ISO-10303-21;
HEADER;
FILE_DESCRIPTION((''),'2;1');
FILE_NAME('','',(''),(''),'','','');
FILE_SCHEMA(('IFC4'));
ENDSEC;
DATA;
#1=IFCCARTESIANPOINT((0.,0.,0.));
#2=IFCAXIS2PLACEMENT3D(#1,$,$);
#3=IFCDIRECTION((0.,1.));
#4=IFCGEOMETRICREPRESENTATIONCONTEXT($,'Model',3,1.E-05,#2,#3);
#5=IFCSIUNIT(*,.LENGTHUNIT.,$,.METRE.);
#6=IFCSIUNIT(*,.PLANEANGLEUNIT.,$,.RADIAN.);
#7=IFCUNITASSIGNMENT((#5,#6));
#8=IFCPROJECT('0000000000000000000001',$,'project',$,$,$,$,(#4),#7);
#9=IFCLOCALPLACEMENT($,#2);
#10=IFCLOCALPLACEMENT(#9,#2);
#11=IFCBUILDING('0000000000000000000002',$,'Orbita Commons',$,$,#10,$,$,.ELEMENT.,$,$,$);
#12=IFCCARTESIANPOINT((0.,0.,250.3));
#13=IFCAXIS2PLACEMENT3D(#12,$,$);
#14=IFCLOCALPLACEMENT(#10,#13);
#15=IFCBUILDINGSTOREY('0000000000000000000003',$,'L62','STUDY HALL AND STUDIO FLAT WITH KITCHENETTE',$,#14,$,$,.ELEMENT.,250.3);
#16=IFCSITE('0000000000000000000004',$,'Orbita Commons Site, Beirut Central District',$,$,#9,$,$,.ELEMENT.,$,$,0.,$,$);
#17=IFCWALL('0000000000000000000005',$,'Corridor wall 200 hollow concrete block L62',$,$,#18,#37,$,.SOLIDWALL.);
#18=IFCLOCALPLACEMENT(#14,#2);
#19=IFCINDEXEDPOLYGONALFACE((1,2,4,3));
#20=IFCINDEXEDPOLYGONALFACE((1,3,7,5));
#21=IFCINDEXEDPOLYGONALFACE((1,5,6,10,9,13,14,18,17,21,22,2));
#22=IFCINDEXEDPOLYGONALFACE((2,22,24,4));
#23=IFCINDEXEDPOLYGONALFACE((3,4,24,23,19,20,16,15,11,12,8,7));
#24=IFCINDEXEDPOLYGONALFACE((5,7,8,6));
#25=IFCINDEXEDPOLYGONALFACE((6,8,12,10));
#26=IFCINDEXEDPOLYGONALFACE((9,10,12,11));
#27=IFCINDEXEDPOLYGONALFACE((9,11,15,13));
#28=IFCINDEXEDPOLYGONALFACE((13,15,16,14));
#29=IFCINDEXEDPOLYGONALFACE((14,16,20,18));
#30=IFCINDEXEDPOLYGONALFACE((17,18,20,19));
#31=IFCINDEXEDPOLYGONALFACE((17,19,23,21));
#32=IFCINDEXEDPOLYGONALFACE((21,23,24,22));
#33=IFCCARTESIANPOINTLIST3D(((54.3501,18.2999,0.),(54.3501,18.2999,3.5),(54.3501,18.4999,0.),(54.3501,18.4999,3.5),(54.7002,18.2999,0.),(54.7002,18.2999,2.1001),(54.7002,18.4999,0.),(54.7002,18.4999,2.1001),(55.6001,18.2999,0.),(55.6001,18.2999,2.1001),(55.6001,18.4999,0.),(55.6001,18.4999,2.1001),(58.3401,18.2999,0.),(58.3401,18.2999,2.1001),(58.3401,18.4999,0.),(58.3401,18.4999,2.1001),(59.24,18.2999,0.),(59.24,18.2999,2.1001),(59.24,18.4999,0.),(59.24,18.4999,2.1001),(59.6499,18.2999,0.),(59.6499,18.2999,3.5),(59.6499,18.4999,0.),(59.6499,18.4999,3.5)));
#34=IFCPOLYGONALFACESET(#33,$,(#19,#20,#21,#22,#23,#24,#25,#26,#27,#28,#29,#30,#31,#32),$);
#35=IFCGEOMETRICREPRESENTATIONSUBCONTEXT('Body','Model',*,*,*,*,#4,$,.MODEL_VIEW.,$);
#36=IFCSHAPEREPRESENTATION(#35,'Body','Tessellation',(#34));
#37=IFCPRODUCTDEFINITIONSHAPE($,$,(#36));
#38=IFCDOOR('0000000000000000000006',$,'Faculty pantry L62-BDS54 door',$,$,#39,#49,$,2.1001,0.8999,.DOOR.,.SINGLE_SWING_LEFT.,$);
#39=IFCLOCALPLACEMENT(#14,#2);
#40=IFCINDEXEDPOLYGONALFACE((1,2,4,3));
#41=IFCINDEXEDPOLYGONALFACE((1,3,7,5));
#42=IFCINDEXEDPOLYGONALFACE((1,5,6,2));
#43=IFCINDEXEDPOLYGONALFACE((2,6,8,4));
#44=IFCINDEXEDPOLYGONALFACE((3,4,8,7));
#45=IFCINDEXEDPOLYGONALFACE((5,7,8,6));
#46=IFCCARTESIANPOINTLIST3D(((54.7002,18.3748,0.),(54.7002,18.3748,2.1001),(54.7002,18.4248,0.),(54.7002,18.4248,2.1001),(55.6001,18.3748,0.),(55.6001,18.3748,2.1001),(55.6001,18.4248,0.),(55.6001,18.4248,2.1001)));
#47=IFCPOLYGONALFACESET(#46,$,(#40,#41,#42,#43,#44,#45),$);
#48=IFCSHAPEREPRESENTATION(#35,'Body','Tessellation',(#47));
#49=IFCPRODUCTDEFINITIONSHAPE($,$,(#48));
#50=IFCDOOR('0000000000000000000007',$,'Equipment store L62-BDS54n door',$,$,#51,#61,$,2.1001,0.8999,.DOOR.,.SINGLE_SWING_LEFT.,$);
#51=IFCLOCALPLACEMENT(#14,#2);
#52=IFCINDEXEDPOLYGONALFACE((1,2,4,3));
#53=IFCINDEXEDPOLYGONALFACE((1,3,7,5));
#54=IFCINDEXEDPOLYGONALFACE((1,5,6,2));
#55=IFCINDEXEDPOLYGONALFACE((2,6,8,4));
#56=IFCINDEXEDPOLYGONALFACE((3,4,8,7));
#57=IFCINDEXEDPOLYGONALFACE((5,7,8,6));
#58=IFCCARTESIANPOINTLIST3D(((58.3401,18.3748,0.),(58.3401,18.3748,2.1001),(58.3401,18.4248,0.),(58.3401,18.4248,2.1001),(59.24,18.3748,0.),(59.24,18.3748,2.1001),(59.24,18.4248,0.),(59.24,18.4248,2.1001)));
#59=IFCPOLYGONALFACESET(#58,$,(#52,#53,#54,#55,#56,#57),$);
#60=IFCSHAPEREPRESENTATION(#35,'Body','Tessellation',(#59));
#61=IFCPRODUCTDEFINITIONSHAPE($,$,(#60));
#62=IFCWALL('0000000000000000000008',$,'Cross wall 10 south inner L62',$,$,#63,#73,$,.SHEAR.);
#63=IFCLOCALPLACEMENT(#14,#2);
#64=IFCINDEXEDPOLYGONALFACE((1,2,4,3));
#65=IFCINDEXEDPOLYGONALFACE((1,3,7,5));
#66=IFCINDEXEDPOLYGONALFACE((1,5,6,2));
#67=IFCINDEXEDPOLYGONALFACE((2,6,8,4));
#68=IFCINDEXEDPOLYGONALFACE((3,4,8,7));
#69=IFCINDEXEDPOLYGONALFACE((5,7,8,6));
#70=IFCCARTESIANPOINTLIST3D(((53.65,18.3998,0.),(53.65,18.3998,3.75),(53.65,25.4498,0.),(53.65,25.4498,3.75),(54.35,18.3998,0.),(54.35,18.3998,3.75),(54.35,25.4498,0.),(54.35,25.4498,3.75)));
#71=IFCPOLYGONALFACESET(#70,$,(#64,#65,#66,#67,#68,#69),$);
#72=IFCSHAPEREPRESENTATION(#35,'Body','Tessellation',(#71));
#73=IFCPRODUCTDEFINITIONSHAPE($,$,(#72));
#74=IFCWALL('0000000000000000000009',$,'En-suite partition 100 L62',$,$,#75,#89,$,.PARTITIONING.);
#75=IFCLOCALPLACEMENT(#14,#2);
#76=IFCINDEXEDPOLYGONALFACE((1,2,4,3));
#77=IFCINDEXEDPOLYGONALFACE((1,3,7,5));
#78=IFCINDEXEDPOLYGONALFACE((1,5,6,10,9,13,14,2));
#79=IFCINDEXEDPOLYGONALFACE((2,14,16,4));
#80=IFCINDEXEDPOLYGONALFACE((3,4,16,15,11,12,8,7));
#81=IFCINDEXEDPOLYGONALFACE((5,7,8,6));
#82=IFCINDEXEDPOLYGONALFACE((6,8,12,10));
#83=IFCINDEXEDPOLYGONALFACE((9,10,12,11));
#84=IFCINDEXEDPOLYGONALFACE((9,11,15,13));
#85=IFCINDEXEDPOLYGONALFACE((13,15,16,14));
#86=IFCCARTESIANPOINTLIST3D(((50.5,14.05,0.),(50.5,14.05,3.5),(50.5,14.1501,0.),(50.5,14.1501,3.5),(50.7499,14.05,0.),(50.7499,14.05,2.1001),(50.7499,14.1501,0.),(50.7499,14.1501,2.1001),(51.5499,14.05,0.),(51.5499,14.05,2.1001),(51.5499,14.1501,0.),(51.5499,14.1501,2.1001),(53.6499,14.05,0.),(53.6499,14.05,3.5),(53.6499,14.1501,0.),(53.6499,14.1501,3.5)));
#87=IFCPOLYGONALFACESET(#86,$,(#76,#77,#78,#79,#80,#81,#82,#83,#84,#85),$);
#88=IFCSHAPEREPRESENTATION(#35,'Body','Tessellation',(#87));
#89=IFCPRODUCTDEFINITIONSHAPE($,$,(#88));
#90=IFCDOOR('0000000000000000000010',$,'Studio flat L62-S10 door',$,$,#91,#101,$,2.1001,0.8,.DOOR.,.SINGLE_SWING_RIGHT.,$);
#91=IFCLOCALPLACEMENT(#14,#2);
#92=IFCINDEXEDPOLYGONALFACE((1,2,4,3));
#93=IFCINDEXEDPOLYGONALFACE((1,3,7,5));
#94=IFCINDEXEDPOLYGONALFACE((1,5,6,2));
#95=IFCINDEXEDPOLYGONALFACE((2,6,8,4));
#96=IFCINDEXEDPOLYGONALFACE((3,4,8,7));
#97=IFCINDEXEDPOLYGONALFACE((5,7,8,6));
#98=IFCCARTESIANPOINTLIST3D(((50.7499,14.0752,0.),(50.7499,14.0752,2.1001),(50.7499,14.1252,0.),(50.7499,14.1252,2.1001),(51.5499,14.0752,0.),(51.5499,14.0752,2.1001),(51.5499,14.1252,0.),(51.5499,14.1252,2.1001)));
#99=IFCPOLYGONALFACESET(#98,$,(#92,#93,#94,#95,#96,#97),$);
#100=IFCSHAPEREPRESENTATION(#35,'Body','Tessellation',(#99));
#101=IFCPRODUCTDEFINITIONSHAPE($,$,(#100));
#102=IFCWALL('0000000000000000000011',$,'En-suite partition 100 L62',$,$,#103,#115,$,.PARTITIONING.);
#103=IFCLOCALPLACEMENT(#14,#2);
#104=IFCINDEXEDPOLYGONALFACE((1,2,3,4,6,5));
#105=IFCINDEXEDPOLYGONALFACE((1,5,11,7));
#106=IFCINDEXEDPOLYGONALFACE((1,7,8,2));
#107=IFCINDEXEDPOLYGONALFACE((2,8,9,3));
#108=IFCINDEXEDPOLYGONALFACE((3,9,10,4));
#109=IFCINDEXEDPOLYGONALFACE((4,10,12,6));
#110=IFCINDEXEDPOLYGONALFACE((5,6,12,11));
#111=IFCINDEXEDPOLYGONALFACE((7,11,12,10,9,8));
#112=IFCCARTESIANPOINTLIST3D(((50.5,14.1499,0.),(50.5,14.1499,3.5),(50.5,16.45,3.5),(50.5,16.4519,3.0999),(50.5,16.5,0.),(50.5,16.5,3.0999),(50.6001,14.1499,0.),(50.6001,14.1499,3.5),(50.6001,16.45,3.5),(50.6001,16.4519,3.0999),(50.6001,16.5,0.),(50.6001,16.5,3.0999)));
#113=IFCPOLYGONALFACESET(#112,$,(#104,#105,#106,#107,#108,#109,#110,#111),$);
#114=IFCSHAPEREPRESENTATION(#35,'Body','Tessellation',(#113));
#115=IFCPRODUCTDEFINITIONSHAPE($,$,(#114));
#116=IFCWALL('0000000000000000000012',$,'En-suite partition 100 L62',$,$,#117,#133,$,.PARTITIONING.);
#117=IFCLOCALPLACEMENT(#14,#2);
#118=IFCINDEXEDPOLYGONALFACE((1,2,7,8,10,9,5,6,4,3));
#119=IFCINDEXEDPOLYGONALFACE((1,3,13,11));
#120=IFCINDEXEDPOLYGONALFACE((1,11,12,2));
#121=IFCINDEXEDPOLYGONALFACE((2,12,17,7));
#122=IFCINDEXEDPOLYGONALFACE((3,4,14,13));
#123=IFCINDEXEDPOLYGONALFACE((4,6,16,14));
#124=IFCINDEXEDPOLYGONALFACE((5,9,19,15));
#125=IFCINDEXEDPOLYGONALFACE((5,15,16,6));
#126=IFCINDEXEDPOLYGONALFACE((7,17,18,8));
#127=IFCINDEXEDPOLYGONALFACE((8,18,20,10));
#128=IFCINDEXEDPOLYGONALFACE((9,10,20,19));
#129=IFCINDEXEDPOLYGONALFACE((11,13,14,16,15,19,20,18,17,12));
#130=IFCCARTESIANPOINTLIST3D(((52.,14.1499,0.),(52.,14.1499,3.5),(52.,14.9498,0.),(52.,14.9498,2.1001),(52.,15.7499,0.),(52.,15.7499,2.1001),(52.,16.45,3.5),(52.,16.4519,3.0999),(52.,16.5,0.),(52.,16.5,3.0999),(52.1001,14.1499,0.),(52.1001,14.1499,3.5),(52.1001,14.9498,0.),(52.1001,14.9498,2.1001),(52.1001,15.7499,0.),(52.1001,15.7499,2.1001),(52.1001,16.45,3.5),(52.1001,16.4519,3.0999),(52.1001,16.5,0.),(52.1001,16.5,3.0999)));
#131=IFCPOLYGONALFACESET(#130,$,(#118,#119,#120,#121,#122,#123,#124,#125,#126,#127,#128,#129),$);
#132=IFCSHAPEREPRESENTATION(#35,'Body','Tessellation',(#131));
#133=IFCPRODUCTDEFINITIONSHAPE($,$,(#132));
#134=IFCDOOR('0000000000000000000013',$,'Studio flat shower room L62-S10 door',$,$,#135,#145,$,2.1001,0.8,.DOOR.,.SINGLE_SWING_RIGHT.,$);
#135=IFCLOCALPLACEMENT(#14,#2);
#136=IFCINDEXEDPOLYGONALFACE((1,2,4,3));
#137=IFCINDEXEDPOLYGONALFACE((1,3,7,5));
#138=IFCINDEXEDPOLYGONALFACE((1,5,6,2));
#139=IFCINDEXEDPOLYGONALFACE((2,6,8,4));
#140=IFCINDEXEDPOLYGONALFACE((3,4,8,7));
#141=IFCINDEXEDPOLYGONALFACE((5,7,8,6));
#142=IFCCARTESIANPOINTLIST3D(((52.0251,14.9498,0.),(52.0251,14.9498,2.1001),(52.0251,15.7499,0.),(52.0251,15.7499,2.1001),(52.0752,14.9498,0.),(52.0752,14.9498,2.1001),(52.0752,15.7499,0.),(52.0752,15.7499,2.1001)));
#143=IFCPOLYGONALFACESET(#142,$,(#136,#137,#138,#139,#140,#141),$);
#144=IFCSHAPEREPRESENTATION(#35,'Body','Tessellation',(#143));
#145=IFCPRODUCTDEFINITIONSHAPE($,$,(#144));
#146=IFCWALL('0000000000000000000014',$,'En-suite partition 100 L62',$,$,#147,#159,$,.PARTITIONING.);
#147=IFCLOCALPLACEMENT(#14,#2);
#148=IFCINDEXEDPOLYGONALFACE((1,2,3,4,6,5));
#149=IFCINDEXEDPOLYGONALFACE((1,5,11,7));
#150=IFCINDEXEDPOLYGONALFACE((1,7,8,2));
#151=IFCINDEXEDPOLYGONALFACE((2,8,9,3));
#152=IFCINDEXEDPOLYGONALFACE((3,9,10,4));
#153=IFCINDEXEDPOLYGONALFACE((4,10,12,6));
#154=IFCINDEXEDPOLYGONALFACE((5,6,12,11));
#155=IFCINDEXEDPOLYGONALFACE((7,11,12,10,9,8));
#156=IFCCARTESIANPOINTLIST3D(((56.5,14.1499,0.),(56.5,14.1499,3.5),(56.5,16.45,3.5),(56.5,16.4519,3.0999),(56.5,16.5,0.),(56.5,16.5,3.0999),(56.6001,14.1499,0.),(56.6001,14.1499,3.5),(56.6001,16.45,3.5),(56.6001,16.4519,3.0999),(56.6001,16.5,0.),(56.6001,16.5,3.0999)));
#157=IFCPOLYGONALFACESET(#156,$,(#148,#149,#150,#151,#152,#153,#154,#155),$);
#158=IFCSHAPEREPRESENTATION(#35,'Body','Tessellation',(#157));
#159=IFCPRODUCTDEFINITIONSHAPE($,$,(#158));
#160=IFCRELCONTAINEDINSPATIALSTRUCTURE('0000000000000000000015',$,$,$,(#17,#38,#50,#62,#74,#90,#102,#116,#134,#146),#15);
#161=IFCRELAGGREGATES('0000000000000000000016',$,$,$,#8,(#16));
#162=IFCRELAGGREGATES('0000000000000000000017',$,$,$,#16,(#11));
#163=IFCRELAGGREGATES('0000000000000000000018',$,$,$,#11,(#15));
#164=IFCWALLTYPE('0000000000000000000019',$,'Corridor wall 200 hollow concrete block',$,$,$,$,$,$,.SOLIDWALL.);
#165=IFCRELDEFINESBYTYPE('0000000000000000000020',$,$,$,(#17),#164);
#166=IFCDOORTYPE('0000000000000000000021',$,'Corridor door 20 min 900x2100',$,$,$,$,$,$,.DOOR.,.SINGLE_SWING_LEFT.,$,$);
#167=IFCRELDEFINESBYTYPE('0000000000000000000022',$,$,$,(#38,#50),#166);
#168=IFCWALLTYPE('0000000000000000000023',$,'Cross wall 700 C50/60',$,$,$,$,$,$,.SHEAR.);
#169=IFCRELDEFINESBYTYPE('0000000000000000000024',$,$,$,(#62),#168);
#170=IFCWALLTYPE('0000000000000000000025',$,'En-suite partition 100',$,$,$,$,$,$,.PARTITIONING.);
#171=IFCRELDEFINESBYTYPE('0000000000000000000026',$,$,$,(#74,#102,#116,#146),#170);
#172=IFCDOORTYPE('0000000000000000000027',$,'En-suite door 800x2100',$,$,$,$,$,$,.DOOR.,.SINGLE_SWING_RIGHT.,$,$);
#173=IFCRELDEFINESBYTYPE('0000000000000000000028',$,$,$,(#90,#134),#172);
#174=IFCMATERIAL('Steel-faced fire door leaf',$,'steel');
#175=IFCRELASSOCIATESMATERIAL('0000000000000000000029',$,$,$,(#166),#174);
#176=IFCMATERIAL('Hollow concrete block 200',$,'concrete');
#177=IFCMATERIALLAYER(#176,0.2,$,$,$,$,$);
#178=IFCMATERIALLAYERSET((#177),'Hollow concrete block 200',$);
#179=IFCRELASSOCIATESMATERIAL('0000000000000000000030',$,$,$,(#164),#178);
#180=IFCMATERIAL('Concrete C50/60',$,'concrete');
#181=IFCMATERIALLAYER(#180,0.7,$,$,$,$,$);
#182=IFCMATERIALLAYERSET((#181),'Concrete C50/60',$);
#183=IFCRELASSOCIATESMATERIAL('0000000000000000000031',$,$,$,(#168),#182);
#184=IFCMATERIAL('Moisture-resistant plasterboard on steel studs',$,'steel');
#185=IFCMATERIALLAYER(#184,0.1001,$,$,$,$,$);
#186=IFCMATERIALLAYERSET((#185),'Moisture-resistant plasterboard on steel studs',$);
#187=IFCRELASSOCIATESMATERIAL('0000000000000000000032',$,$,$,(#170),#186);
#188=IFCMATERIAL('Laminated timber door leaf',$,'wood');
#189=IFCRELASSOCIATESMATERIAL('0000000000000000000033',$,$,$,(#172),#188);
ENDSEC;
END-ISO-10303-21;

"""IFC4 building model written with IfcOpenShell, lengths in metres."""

from ifc_helpers import new_model, si_unit, direction, frame, frame_2d, origin, place, context, subcontext, project, spatial, polyline, rectangle, outline, extrude, material, layer, layer_set, type_object, element, fill, save


model = new_model("IFC4")

# Units and contexts
model_context = context("Model", 3, precision=1e-05, world=origin(), true_north=direction((0.0, 1.0)))
body_context = subcontext(model_context, "Body", "Model", "MODEL_VIEW")
ifc_project = project(units=[si_unit("LENGTHUNIT", "METRE"), si_unit("PLANEANGLEUNIT", "RADIAN")], contexts=[model_context])

# Site, building, storey
site_placement = place(None, origin())
site = spatial("IfcSite", under=ifc_project, at=site_placement, Name="Orbita Commons Site, Beirut Central District", CompositionType="ELEMENT", RefElevation=0.0)
building_placement = place(site_placement, origin())
building = spatial("IfcBuilding", under=site, at=building_placement, Name="Orbita Commons", CompositionType="ELEMENT")
storey_placement = place(building_placement, frame((0.0, 0.0, 250.3)))
storey = spatial("IfcBuildingStorey", under=building, at=storey_placement, Name="L62", Description="STUDY HALL AND STUDIO FLAT WITH KITCHENETTE", CompositionType="ELEMENT", Elevation=250.3)

# Shared definitions
ifc_material_1 = material(Name="Steel-faced fire door leaf", Category="steel")
door_type_1 = type_object("IfcDoorType", Name="Corridor door 20 min 900x2100", OperationType="SINGLE_SWING_LEFT", PredefinedType="DOOR", material=ifc_material_1)

# Wall, openings, doors
ifc_material_2 = material(Name="Hollow concrete block 200", Category="concrete")
ifc_layer_1 = layer(ifc_material_2, 0.2)
ifc_layer_set_1 = layer_set([ifc_layer_1], Name="Hollow concrete block 200")
wall_type_1 = type_object("IfcWallType", Name="Corridor wall 200 hollow concrete block", PredefinedType="SOLIDWALL", material=ifc_layer_set_1)
wall_1_placement = place(storey_placement, frame((54.3501, 18.3999, 0.0), z_axis=(0.0, 0.0, 1.0), x_axis=(1.0, 0.0, 0.0)))
wall_1 = element("IfcWall", 1, at=wall_1_placement, inside=storey, type_object=wall_type_1, Name="Corridor wall 200 hollow concrete block L62", PredefinedType="SOLIDWALL", context=body_context, shape_type="SweptSolid", body=[
    extrude(rectangle(XDim=5.2998, YDim=0.2, at=frame_2d((2.6499, 0.0))), origin(), (0.0, 0.0, 1.0), 3.5),
])
opening_1_placement = place(wall_1_placement, frame((0.3501, 0.0, 0.0)))
opening_1 = element("IfcOpeningElement", 2, at=opening_1_placement, cuts=wall_1, PredefinedType="OPENING", context=body_context, shape_type="SweptSolid", body=[
    extrude(rectangle(XDim=0.8999, YDim=2.1001, at=frame_2d((0.45, 1.05))), frame((0.0, 0.1099, 0.0), z_axis=(0.0, -1.0, 0.0), x_axis=(1.0, 0.0, 0.0)), (0.0, 0.0, 1.0), 0.22),
])
opening_2_placement = place(wall_1_placement, frame((3.99, 0.0, 0.0)))
opening_2 = element("IfcOpeningElement", 3, at=opening_2_placement, cuts=wall_1, PredefinedType="OPENING", context=body_context, shape_type="SweptSolid", body=[
    extrude(rectangle(XDim=0.8999, YDim=2.1001, at=frame_2d((0.45, 1.05))), frame((0.0, 0.1099, 0.0), z_axis=(0.0, -1.0, 0.0), x_axis=(1.0, 0.0, 0.0)), (0.0, 0.0, 1.0), 0.22),
])
door_1_placement = place(opening_1_placement, origin())
door_1 = element("IfcDoor", 4, at=door_1_placement, inside=storey, type_object=door_type_1, Name="Faculty pantry L62-BDS54 door", OperationType="SINGLE_SWING_LEFT", OverallHeight=2.1001, OverallWidth=0.8999, PredefinedType="DOOR", context=body_context, shape_type="SweptSolid", body=[
    extrude(rectangle(XDim=0.8999, YDim=2.1001, at=frame_2d((0.45, 1.05))), frame((0.0, 0.0249, 0.0), z_axis=(0.0, -1.0, 0.0), x_axis=(1.0, 0.0, 0.0)), (0.0, 0.0, 1.0), 0.05),
])
fill(opening_1, door_1)
door_2_placement = place(opening_2_placement, origin())
door_2 = element("IfcDoor", 5, at=door_2_placement, inside=storey, type_object=door_type_1, Name="Equipment store L62-BDS54n door", OperationType="SINGLE_SWING_LEFT", OverallHeight=2.1001, OverallWidth=0.8999, PredefinedType="DOOR", context=body_context, shape_type="SweptSolid", body=[
    extrude(rectangle(XDim=0.8999, YDim=2.1001, at=frame_2d((0.45, 1.05))), frame((0.0, 0.0249, 0.0), z_axis=(0.0, -1.0, 0.0), x_axis=(1.0, 0.0, 0.0)), (0.0, 0.0, 1.0), 0.05),
])
fill(opening_2, door_2)

# Wall
ifc_material_3 = material(Name="Concrete C50/60", Category="concrete")
ifc_layer_2 = layer(ifc_material_3, 0.7)
ifc_layer_set_2 = layer_set([ifc_layer_2], Name="Concrete C50/60")
wall_type_2 = type_object("IfcWallType", Name="Cross wall 700 C50/60", PredefinedType="SHEAR", material=ifc_layer_set_2)
wall_2_placement = place(storey_placement, frame((54.0, 18.3999, 0.0), z_axis=(0.0, 0.0, 1.0), x_axis=(0.0, 1.0, 0.0)))
element("IfcWall", 6, at=wall_2_placement, inside=storey, type_object=wall_type_2, Name="Cross wall 10 south inner L62", PredefinedType="SHEAR", context=body_context, shape_type="SweptSolid", body=[
    extrude(rectangle(XDim=7.05, YDim=0.7, at=frame_2d((3.5249, 0.0))), origin(), (0.0, 0.0, 1.0), 3.75),
])

# Wall, opening, door
ifc_material_4 = material(Name="Moisture-resistant plasterboard on steel studs", Category="steel")
ifc_layer_3 = layer(ifc_material_4, 0.1001)
ifc_layer_set_3 = layer_set([ifc_layer_3], Name="Moisture-resistant plasterboard on steel studs")
wall_type_3 = type_object("IfcWallType", Name="En-suite partition 100", PredefinedType="PARTITIONING", material=ifc_layer_set_3)
wall_3_placement = place(storey_placement, frame((53.6499, 14.1001, 0.0), z_axis=(0.0, 0.0, 1.0), x_axis=(-1.0, 0.0, 0.0)))
wall_3 = element("IfcWall", 7, at=wall_3_placement, inside=storey, type_object=wall_type_3, Name="En-suite partition 100 L62", PredefinedType="PARTITIONING", context=body_context, shape_type="SweptSolid", body=[
    extrude(rectangle(XDim=3.1499, YDim=0.1001, at=frame_2d((1.575, 0.0))), origin(), (0.0, 0.0, 1.0), 3.5),
])
opening_3_placement = place(wall_3_placement, frame((2.1001, 0.0, 0.0)))
opening_3 = element("IfcOpeningElement", 8, at=opening_3_placement, cuts=wall_3, PredefinedType="OPENING", context=body_context, shape_type="SweptSolid", body=[
    extrude(rectangle(XDim=0.8, YDim=2.1001, at=frame_2d((0.3999, 1.05))), frame((0.0, 0.0601, 0.0), z_axis=(0.0, -1.0, 0.0), x_axis=(1.0, 0.0, 0.0)), (0.0, 0.0, 1.0), 0.1201),
])
ifc_material_5 = material(Name="Laminated timber door leaf", Category="wood")
door_type_2 = type_object("IfcDoorType", Name="En-suite door 800x2100", OperationType="SINGLE_SWING_RIGHT", PredefinedType="DOOR", material=ifc_material_5)
door_3_placement = place(opening_3_placement, origin())
door_3 = element("IfcDoor", 9, at=door_3_placement, inside=storey, type_object=door_type_2, Name="Studio flat L62-S10 door", OperationType="SINGLE_SWING_RIGHT", OverallHeight=2.1001, OverallWidth=0.8, PredefinedType="DOOR", context=body_context, shape_type="SweptSolid", body=[
    extrude(rectangle(XDim=0.8, YDim=2.1001, at=frame_2d((0.3999, 1.05))), frame((0.0, 0.0249, 0.0), z_axis=(0.0, -1.0, 0.0), x_axis=(1.0, 0.0, 0.0)), (0.0, 0.0, 1.0), 0.05),
])
fill(opening_3, door_3)

# Wall
wall_4_placement = place(storey_placement, frame((50.55, 14.1499, 0.0), z_axis=(0.0, 0.0, 1.0), x_axis=(0.0, 1.0, 0.0)))
element("IfcWall", 10, at=wall_4_placement, inside=storey, type_object=wall_type_3, Name="En-suite partition 100 L62", PredefinedType="PARTITIONING", context=body_context, shape_type="SweptSolid", body=[
    extrude(outline(polyline([(0.0, 0.0), (2.3501, 0.0), (2.3501, 3.0999), (2.302, 3.0999), (2.3, 3.5), (0.0, 3.5), (0.0, 0.0)])), frame((0.0, 0.05, 0.0), z_axis=(0.0, -1.0, 0.0), x_axis=(1.0, 0.0, 0.0)), (0.0, 0.0, 1.0), 0.1001),
])

# Wall, opening, door
wall_5_placement = place(storey_placement, frame((52.05, 14.1499, 0.0), z_axis=(0.0, 0.0, 1.0), x_axis=(0.0, 1.0, 0.0)))
wall_5 = element("IfcWall", 11, at=wall_5_placement, inside=storey, type_object=wall_type_3, Name="En-suite partition 100 L62", PredefinedType="PARTITIONING", context=body_context, shape_type="SweptSolid", body=[
    extrude(outline(polyline([(0.0, 0.0), (2.3501, 0.0), (2.3501, 3.0999), (2.302, 3.0999), (2.3, 3.5), (0.0, 3.5), (0.0, 0.0)])), frame((0.0, 0.05, 0.0), z_axis=(0.0, -1.0, 0.0), x_axis=(1.0, 0.0, 0.0)), (0.0, 0.0, 1.0), 0.1001),
])
opening_4_placement = place(wall_5_placement, frame((0.8, 0.0, 0.0)))
opening_4 = element("IfcOpeningElement", 12, at=opening_4_placement, cuts=wall_5, PredefinedType="OPENING", context=body_context, shape_type="SweptSolid", body=[
    extrude(rectangle(XDim=0.8, YDim=2.1001, at=frame_2d((0.3999, 1.05))), frame((0.0, 0.0601, 0.0), z_axis=(0.0, -1.0, 0.0), x_axis=(1.0, 0.0, 0.0)), (0.0, 0.0, 1.0), 0.1201),
])
door_4_placement = place(opening_4_placement, origin())
door_4 = element("IfcDoor", 13, at=door_4_placement, inside=storey, type_object=door_type_2, Name="Studio flat shower room L62-S10 door", OperationType="SINGLE_SWING_RIGHT", OverallHeight=2.1001, OverallWidth=0.8, PredefinedType="DOOR", context=body_context, shape_type="SweptSolid", body=[
    extrude(rectangle(XDim=0.8, YDim=2.1001, at=frame_2d((0.3999, 1.05))), frame((0.0, 0.0249, 0.0), z_axis=(0.0, -1.0, 0.0), x_axis=(1.0, 0.0, 0.0)), (0.0, 0.0, 1.0), 0.05),
])
fill(opening_4, door_4)

# Wall
wall_6_placement = place(storey_placement, frame((56.55, 14.1499, 0.0), z_axis=(0.0, 0.0, 1.0), x_axis=(0.0, 1.0, 0.0)))
element("IfcWall", 14, at=wall_6_placement, inside=storey, type_object=wall_type_3, Name="En-suite partition 100 L62", PredefinedType="PARTITIONING", context=body_context, shape_type="SweptSolid", body=[
    extrude(outline(polyline([(0.0, 0.0), (2.3501, 0.0), (2.3501, 3.0999), (2.302, 3.0999), (2.3, 3.5), (0.0, 3.5), (0.0, 0.0)])), frame((0.0, 0.05, 0.0), z_axis=(0.0, -1.0, 0.0), x_axis=(1.0, 0.0, 0.0)), (0.0, 0.0, 1.0), 0.1001),
])

save(model, "model.ifc")
